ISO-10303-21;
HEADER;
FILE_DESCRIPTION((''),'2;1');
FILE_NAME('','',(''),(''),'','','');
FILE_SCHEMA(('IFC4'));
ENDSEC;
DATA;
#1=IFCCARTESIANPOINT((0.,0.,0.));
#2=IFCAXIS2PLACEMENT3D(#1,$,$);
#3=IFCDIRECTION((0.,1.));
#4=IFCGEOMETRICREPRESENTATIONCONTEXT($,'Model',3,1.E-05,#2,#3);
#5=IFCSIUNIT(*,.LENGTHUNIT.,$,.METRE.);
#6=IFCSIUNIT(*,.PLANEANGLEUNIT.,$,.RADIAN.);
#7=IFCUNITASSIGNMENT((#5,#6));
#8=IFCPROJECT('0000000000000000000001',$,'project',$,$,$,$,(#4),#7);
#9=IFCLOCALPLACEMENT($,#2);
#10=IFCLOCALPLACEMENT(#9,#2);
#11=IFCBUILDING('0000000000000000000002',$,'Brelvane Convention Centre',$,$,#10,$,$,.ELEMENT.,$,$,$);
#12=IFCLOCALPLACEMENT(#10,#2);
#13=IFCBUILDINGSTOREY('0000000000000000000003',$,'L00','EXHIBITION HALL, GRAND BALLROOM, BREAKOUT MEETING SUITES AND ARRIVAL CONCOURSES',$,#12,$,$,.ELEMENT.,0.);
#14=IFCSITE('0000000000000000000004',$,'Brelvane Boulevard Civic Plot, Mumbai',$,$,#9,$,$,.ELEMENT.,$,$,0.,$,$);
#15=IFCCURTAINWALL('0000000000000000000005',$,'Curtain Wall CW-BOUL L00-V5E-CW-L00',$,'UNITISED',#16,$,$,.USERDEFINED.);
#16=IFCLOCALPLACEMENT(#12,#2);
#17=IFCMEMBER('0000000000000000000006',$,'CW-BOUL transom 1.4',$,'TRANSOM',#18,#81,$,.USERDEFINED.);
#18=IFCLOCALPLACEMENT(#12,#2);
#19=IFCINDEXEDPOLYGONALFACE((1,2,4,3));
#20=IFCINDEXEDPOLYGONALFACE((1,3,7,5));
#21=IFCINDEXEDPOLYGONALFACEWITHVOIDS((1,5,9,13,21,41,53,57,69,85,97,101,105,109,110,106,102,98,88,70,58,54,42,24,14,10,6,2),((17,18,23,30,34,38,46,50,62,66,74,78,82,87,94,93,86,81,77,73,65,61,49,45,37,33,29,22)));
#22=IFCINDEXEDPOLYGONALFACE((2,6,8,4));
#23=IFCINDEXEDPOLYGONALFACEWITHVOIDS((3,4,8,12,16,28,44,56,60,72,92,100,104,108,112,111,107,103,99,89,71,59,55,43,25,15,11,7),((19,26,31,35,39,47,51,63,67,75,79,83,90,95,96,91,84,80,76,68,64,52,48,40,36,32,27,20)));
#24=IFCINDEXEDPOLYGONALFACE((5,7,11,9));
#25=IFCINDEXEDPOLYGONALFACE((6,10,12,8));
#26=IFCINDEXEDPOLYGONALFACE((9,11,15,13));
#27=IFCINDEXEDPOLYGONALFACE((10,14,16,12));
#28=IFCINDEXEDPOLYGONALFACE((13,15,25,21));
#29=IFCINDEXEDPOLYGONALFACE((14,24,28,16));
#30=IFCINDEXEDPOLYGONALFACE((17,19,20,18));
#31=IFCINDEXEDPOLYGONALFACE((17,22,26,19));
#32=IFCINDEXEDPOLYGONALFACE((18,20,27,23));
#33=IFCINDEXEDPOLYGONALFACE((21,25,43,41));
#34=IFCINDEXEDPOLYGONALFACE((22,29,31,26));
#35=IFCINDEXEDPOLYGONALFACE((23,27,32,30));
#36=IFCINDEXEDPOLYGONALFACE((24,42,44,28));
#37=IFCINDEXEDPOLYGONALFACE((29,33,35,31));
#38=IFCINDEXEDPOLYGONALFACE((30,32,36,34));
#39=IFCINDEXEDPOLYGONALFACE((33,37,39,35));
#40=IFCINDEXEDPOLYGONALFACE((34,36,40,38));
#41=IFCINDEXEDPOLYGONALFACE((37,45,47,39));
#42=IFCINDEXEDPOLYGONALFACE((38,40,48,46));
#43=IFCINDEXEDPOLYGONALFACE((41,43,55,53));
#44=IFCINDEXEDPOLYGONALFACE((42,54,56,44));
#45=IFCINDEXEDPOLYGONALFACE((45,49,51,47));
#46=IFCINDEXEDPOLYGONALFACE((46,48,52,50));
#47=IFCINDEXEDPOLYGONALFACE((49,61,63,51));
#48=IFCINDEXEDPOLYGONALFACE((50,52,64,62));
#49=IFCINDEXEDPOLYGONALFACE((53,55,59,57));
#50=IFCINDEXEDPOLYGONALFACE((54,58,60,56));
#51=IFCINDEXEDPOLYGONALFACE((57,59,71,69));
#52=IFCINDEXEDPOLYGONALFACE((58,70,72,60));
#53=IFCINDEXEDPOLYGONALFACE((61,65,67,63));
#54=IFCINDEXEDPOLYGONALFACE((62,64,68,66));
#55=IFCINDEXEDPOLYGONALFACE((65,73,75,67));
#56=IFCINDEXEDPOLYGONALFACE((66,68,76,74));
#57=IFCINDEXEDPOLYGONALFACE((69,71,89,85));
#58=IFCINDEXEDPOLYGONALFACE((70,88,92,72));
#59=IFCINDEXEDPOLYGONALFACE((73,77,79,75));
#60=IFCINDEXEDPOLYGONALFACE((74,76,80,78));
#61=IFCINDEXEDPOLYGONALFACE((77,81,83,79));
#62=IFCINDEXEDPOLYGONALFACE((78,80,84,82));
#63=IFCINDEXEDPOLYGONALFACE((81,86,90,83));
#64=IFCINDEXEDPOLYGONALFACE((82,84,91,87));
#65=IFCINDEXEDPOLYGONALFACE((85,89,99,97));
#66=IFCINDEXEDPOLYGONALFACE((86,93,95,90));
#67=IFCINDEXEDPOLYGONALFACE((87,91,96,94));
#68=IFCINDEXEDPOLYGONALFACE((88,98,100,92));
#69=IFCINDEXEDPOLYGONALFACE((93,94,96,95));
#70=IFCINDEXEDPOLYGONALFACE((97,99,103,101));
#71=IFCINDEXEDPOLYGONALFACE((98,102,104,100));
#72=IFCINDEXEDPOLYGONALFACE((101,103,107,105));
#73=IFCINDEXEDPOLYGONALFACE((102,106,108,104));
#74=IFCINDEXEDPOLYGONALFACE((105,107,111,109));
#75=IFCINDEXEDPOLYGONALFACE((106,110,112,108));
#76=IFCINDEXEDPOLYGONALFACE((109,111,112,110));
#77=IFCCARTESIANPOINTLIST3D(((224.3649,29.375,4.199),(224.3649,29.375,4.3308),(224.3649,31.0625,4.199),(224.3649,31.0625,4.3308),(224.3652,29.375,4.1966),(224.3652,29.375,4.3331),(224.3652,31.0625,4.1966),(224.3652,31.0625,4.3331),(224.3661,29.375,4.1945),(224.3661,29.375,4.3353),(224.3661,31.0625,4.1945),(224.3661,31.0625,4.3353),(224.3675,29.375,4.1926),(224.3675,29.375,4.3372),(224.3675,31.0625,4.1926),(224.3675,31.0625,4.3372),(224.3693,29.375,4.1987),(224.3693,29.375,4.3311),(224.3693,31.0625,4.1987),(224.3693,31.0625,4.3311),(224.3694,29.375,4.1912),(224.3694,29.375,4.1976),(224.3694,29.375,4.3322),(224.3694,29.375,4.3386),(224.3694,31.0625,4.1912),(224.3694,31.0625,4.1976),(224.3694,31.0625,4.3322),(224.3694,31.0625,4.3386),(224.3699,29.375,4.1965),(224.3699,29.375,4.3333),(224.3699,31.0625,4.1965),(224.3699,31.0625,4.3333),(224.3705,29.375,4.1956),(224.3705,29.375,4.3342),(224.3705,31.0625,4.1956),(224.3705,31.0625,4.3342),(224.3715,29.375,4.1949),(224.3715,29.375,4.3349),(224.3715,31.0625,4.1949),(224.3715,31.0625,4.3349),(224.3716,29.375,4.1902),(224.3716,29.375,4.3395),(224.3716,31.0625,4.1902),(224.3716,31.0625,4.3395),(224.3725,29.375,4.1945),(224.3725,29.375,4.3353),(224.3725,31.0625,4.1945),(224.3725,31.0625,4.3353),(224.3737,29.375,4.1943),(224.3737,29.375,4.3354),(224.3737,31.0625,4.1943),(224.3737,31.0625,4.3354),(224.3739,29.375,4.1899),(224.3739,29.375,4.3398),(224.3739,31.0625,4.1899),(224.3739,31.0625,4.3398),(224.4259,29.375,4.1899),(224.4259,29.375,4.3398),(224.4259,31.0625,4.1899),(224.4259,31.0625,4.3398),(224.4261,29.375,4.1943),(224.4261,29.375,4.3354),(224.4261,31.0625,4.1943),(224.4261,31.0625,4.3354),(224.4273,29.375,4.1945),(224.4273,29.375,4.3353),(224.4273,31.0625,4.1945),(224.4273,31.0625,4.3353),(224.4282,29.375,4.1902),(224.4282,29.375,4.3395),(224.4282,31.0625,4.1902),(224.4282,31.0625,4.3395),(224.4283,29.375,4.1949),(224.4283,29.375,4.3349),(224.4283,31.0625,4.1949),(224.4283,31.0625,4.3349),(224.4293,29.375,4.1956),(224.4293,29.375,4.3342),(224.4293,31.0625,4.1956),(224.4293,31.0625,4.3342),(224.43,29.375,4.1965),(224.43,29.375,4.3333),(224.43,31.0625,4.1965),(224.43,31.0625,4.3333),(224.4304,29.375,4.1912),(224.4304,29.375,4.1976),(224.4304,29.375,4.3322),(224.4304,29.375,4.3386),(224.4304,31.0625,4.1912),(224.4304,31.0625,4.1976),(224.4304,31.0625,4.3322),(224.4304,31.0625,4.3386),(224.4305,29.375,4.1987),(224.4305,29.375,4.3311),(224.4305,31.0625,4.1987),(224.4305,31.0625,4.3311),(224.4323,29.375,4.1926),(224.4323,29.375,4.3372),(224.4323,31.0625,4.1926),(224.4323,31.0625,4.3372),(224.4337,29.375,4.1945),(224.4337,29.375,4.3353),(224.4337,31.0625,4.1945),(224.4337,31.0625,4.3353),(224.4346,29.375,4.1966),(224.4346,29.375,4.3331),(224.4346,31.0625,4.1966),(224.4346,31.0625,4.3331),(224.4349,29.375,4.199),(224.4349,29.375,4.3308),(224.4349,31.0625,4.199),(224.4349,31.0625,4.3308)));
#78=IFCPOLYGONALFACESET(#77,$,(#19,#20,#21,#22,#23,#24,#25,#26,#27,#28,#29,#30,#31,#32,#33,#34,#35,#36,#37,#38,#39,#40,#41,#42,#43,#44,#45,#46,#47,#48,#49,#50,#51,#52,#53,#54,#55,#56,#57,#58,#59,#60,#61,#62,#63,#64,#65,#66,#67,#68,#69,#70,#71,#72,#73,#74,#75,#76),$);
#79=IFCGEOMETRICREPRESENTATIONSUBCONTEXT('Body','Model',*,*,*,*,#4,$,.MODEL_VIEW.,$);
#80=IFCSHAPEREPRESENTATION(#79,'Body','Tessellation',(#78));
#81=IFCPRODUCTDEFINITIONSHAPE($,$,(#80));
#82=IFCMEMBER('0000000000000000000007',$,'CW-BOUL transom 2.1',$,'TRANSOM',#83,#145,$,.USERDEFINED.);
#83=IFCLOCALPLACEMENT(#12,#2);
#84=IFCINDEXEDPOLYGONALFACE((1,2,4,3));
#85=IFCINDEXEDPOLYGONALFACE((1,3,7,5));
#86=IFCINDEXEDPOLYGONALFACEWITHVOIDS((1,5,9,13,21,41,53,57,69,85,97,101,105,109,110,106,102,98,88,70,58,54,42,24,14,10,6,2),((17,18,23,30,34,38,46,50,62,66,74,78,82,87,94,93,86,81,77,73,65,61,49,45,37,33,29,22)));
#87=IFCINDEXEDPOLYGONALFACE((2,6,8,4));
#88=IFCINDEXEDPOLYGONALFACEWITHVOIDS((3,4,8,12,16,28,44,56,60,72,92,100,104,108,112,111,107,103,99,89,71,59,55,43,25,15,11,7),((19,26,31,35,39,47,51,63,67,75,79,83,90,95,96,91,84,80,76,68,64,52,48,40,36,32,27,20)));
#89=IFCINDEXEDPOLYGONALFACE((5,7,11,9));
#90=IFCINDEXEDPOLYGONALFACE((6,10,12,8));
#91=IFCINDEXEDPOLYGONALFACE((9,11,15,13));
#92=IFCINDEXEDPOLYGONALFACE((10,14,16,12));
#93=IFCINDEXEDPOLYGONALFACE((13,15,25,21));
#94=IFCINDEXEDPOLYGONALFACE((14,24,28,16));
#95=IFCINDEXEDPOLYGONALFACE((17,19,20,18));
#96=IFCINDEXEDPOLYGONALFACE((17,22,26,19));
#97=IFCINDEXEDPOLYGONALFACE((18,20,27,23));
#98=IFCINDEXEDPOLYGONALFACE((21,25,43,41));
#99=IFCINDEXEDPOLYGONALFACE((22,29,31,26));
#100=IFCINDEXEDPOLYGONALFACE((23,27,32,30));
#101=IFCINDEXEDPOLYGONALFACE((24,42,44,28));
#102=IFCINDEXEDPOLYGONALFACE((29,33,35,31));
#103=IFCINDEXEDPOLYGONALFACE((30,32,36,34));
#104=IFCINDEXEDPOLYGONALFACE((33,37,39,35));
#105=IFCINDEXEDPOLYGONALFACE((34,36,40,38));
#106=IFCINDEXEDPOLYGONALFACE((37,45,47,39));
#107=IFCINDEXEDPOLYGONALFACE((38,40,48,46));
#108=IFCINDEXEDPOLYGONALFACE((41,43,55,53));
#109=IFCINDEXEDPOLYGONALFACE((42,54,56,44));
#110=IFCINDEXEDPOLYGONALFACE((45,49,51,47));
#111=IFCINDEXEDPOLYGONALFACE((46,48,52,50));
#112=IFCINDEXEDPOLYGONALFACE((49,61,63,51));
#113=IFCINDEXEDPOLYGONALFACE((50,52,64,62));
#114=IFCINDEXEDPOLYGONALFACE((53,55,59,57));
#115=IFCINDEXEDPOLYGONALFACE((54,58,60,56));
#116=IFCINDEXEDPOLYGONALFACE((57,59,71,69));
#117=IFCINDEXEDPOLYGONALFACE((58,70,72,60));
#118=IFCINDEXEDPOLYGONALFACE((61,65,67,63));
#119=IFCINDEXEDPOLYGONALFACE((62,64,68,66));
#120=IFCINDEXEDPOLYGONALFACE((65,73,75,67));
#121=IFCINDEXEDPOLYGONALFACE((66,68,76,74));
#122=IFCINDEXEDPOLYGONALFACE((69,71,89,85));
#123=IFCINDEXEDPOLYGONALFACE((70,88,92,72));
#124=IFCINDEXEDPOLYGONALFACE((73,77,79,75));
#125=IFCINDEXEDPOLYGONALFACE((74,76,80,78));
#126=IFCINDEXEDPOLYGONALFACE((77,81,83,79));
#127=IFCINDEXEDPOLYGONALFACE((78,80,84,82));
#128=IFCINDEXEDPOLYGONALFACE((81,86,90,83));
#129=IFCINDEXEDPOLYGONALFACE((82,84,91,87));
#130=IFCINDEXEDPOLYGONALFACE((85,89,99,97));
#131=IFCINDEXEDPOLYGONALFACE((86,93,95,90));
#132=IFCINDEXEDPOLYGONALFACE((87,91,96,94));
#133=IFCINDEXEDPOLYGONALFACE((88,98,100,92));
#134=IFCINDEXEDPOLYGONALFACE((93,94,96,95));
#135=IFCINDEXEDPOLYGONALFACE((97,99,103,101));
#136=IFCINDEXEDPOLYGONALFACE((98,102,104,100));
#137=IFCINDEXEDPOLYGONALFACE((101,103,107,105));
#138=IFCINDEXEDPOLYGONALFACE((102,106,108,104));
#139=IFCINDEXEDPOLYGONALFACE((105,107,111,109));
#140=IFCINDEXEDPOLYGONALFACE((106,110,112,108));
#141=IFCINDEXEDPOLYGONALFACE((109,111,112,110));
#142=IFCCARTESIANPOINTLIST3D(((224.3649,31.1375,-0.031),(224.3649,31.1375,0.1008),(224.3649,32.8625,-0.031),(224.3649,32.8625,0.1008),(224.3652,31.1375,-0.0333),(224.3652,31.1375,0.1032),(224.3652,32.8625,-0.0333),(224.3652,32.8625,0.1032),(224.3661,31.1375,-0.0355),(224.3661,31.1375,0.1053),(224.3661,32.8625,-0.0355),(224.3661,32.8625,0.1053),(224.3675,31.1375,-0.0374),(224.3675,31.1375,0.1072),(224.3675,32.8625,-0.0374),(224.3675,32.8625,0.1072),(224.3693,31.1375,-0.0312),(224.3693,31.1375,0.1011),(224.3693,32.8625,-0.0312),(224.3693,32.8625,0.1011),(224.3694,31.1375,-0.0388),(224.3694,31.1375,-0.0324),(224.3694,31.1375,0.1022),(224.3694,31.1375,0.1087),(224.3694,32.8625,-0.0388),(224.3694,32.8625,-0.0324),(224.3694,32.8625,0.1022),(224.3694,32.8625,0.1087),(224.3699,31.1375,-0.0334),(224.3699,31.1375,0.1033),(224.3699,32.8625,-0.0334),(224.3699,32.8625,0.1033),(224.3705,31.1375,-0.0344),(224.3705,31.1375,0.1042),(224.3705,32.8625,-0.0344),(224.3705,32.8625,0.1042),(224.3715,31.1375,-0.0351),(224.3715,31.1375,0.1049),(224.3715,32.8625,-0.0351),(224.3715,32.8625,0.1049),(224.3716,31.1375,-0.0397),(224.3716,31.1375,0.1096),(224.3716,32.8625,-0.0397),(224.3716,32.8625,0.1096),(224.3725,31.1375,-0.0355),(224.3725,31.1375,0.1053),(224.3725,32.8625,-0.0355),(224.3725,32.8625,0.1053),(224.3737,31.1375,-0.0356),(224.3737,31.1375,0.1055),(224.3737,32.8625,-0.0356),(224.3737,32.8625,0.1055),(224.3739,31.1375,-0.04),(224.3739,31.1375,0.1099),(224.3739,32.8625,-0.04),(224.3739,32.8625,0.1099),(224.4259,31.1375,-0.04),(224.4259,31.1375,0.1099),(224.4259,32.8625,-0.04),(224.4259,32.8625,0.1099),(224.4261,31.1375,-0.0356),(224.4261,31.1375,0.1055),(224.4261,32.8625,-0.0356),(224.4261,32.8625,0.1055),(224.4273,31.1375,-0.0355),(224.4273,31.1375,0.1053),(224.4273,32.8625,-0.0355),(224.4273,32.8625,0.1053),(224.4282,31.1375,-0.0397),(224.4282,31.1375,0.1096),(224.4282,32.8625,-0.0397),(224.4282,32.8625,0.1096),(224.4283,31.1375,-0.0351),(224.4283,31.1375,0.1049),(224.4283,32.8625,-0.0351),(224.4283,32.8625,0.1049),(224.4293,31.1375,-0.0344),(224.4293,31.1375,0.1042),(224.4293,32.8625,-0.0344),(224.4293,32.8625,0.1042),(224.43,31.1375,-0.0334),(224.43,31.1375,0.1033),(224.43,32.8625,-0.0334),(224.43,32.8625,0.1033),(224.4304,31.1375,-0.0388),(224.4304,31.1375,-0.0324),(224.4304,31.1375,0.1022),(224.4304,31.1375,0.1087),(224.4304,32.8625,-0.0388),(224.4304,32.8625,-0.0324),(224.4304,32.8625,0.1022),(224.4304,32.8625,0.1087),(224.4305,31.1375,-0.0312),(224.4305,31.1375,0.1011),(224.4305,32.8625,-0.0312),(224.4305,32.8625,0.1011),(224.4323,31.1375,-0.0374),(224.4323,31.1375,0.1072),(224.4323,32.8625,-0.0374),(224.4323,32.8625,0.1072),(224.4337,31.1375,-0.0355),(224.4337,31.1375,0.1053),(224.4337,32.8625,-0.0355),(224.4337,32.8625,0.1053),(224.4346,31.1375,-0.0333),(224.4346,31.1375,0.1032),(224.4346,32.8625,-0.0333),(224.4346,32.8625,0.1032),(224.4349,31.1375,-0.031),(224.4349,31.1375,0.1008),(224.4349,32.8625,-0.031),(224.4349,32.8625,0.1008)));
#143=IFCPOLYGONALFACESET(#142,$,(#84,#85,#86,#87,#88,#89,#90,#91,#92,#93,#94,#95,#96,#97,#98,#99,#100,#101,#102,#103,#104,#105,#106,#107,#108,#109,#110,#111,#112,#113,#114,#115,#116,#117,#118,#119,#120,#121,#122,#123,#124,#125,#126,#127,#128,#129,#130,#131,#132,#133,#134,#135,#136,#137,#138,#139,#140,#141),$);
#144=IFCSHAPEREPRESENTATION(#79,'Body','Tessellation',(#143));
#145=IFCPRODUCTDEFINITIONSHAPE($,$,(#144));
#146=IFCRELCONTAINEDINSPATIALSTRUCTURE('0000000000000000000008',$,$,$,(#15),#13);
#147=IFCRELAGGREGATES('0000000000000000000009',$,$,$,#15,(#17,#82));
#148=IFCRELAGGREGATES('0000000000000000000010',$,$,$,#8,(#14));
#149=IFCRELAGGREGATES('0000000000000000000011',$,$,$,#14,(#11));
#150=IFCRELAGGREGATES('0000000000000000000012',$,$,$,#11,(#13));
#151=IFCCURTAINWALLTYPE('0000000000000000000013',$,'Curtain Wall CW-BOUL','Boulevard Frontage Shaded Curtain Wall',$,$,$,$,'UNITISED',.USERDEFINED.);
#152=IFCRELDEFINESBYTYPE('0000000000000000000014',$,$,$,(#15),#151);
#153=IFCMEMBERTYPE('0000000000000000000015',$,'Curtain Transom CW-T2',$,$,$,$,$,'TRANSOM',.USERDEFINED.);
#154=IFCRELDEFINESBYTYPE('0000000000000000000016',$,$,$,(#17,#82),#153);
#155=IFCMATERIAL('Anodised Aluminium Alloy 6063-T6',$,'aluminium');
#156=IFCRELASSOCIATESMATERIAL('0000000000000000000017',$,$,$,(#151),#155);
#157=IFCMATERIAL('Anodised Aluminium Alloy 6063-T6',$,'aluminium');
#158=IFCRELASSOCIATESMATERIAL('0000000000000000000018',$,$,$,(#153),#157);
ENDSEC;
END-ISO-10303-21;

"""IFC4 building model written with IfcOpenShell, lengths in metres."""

from ifc_helpers import new_model, si_unit, direction, frame, origin, origin_2d, place, context, subcontext, project, spatial, hollow_rectangle, extrude, material, material_profile, profile_set, type_object, element, aggregate, save


model = new_model("IFC4")

# Units and contexts
model_context = context("Model", 3, precision=1e-05, world=origin(), true_north=direction((0.0, 1.0)))
body_context = subcontext(model_context, "Body", "Model", "MODEL_VIEW")
ifc_project = project(units=[si_unit("LENGTHUNIT", "METRE"), si_unit("PLANEANGLEUNIT", "RADIAN")], contexts=[model_context])

# Site, building, storey
site_placement = place(None, origin())
site = spatial("IfcSite", under=ifc_project, at=site_placement, Name="Brelvane Boulevard Civic Plot, Mumbai", CompositionType="ELEMENT", RefElevation=0.0)
building_placement = place(site_placement, origin())
building = spatial("IfcBuilding", under=site, at=building_placement, Name="Brelvane Convention Centre", CompositionType="ELEMENT")
storey_placement = place(building_placement, origin())
storey = spatial("IfcBuildingStorey", under=building, at=storey_placement, Name="L00", Description="EXHIBITION HALL, GRAND BALLROOM, BREAKOUT MEETING SUITES AND ARRIVAL CONCOURSES", CompositionType="ELEMENT", Elevation=0.0)

# Curtain wall, members
ifc_material_1 = material(Name="Anodised Aluminium Alloy 6063-T6", Category="aluminium")
curtain_wall_type = type_object("IfcCurtainWallType", Name="Curtain Wall CW-BOUL", Description="Boulevard Frontage Shaded Curtain Wall", ElementType="UNITISED", PredefinedType="USERDEFINED", material=ifc_material_1)
curtain_wall_placement = place(storey_placement, origin())
curtain_wall = element("IfcCurtainWall", 1, at=curtain_wall_placement, inside=storey, type_object=curtain_wall_type, Name="Curtain Wall CW-BOUL L00-V5E-CW-L00", ObjectType="UNITISED", PredefinedType="USERDEFINED")
ifc_material_2 = material(Name="Anodised Aluminium Alloy 6063-T6", Category="aluminium")
ifc_material_profile_1 = material_profile(ifc_material_2, hollow_rectangle(XDim=0.0701, YDim=0.1499, WallThickness=0.0044, InnerFilletRadius=0.0044, OuterFilletRadius=0.009, at=origin_2d()), Name="ALU-T 150x70x4.5")
ifc_profile_set_1 = profile_set([ifc_material_profile_1], Name="Anodised Aluminium Alloy 6063-T6")
member_type_1 = type_object("IfcMemberType", Name="Curtain Transom CW-T2", ElementType="TRANSOM", PredefinedType="USERDEFINED", material=ifc_profile_set_1)
member_1_placement = place(storey_placement, frame((224.3999, 29.375, 4.2649), z_axis=(0.0, 1.0, 0.0), x_axis=(-1.0, 0.0, 0.0)))
member_1 = element("IfcMember", 2, at=member_1_placement, type_object=member_type_1, Name="CW-BOUL transom 1.4", ObjectType="TRANSOM", PredefinedType="USERDEFINED", context=body_context, shape_type="SweptSolid", body=[
    extrude(hollow_rectangle(XDim=0.0701, YDim=0.1499, WallThickness=0.0044, InnerFilletRadius=0.0044, OuterFilletRadius=0.009, at=origin_2d()), origin(), (0.0, 0.0, 1.0), 1.6875),
])
member_2_placement = place(storey_placement, frame((224.3999, 31.1375, 0.0349), z_axis=(0.0, 1.0, 0.0), x_axis=(-1.0, 0.0, 0.0)))
member_2 = element("IfcMember", 3, at=member_2_placement, type_object=member_type_1, Name="CW-BOUL transom 2.1", ObjectType="TRANSOM", PredefinedType="USERDEFINED", context=body_context, shape_type="SweptSolid", body=[
    extrude(hollow_rectangle(XDim=0.0701, YDim=0.1499, WallThickness=0.0044, InnerFilletRadius=0.0044, OuterFilletRadius=0.009, at=origin_2d()), origin(), (0.0, 0.0, 1.0), 1.7251),
])

aggregate(curtain_wall, [member_1, member_2])

save(model, "model.ifc")
